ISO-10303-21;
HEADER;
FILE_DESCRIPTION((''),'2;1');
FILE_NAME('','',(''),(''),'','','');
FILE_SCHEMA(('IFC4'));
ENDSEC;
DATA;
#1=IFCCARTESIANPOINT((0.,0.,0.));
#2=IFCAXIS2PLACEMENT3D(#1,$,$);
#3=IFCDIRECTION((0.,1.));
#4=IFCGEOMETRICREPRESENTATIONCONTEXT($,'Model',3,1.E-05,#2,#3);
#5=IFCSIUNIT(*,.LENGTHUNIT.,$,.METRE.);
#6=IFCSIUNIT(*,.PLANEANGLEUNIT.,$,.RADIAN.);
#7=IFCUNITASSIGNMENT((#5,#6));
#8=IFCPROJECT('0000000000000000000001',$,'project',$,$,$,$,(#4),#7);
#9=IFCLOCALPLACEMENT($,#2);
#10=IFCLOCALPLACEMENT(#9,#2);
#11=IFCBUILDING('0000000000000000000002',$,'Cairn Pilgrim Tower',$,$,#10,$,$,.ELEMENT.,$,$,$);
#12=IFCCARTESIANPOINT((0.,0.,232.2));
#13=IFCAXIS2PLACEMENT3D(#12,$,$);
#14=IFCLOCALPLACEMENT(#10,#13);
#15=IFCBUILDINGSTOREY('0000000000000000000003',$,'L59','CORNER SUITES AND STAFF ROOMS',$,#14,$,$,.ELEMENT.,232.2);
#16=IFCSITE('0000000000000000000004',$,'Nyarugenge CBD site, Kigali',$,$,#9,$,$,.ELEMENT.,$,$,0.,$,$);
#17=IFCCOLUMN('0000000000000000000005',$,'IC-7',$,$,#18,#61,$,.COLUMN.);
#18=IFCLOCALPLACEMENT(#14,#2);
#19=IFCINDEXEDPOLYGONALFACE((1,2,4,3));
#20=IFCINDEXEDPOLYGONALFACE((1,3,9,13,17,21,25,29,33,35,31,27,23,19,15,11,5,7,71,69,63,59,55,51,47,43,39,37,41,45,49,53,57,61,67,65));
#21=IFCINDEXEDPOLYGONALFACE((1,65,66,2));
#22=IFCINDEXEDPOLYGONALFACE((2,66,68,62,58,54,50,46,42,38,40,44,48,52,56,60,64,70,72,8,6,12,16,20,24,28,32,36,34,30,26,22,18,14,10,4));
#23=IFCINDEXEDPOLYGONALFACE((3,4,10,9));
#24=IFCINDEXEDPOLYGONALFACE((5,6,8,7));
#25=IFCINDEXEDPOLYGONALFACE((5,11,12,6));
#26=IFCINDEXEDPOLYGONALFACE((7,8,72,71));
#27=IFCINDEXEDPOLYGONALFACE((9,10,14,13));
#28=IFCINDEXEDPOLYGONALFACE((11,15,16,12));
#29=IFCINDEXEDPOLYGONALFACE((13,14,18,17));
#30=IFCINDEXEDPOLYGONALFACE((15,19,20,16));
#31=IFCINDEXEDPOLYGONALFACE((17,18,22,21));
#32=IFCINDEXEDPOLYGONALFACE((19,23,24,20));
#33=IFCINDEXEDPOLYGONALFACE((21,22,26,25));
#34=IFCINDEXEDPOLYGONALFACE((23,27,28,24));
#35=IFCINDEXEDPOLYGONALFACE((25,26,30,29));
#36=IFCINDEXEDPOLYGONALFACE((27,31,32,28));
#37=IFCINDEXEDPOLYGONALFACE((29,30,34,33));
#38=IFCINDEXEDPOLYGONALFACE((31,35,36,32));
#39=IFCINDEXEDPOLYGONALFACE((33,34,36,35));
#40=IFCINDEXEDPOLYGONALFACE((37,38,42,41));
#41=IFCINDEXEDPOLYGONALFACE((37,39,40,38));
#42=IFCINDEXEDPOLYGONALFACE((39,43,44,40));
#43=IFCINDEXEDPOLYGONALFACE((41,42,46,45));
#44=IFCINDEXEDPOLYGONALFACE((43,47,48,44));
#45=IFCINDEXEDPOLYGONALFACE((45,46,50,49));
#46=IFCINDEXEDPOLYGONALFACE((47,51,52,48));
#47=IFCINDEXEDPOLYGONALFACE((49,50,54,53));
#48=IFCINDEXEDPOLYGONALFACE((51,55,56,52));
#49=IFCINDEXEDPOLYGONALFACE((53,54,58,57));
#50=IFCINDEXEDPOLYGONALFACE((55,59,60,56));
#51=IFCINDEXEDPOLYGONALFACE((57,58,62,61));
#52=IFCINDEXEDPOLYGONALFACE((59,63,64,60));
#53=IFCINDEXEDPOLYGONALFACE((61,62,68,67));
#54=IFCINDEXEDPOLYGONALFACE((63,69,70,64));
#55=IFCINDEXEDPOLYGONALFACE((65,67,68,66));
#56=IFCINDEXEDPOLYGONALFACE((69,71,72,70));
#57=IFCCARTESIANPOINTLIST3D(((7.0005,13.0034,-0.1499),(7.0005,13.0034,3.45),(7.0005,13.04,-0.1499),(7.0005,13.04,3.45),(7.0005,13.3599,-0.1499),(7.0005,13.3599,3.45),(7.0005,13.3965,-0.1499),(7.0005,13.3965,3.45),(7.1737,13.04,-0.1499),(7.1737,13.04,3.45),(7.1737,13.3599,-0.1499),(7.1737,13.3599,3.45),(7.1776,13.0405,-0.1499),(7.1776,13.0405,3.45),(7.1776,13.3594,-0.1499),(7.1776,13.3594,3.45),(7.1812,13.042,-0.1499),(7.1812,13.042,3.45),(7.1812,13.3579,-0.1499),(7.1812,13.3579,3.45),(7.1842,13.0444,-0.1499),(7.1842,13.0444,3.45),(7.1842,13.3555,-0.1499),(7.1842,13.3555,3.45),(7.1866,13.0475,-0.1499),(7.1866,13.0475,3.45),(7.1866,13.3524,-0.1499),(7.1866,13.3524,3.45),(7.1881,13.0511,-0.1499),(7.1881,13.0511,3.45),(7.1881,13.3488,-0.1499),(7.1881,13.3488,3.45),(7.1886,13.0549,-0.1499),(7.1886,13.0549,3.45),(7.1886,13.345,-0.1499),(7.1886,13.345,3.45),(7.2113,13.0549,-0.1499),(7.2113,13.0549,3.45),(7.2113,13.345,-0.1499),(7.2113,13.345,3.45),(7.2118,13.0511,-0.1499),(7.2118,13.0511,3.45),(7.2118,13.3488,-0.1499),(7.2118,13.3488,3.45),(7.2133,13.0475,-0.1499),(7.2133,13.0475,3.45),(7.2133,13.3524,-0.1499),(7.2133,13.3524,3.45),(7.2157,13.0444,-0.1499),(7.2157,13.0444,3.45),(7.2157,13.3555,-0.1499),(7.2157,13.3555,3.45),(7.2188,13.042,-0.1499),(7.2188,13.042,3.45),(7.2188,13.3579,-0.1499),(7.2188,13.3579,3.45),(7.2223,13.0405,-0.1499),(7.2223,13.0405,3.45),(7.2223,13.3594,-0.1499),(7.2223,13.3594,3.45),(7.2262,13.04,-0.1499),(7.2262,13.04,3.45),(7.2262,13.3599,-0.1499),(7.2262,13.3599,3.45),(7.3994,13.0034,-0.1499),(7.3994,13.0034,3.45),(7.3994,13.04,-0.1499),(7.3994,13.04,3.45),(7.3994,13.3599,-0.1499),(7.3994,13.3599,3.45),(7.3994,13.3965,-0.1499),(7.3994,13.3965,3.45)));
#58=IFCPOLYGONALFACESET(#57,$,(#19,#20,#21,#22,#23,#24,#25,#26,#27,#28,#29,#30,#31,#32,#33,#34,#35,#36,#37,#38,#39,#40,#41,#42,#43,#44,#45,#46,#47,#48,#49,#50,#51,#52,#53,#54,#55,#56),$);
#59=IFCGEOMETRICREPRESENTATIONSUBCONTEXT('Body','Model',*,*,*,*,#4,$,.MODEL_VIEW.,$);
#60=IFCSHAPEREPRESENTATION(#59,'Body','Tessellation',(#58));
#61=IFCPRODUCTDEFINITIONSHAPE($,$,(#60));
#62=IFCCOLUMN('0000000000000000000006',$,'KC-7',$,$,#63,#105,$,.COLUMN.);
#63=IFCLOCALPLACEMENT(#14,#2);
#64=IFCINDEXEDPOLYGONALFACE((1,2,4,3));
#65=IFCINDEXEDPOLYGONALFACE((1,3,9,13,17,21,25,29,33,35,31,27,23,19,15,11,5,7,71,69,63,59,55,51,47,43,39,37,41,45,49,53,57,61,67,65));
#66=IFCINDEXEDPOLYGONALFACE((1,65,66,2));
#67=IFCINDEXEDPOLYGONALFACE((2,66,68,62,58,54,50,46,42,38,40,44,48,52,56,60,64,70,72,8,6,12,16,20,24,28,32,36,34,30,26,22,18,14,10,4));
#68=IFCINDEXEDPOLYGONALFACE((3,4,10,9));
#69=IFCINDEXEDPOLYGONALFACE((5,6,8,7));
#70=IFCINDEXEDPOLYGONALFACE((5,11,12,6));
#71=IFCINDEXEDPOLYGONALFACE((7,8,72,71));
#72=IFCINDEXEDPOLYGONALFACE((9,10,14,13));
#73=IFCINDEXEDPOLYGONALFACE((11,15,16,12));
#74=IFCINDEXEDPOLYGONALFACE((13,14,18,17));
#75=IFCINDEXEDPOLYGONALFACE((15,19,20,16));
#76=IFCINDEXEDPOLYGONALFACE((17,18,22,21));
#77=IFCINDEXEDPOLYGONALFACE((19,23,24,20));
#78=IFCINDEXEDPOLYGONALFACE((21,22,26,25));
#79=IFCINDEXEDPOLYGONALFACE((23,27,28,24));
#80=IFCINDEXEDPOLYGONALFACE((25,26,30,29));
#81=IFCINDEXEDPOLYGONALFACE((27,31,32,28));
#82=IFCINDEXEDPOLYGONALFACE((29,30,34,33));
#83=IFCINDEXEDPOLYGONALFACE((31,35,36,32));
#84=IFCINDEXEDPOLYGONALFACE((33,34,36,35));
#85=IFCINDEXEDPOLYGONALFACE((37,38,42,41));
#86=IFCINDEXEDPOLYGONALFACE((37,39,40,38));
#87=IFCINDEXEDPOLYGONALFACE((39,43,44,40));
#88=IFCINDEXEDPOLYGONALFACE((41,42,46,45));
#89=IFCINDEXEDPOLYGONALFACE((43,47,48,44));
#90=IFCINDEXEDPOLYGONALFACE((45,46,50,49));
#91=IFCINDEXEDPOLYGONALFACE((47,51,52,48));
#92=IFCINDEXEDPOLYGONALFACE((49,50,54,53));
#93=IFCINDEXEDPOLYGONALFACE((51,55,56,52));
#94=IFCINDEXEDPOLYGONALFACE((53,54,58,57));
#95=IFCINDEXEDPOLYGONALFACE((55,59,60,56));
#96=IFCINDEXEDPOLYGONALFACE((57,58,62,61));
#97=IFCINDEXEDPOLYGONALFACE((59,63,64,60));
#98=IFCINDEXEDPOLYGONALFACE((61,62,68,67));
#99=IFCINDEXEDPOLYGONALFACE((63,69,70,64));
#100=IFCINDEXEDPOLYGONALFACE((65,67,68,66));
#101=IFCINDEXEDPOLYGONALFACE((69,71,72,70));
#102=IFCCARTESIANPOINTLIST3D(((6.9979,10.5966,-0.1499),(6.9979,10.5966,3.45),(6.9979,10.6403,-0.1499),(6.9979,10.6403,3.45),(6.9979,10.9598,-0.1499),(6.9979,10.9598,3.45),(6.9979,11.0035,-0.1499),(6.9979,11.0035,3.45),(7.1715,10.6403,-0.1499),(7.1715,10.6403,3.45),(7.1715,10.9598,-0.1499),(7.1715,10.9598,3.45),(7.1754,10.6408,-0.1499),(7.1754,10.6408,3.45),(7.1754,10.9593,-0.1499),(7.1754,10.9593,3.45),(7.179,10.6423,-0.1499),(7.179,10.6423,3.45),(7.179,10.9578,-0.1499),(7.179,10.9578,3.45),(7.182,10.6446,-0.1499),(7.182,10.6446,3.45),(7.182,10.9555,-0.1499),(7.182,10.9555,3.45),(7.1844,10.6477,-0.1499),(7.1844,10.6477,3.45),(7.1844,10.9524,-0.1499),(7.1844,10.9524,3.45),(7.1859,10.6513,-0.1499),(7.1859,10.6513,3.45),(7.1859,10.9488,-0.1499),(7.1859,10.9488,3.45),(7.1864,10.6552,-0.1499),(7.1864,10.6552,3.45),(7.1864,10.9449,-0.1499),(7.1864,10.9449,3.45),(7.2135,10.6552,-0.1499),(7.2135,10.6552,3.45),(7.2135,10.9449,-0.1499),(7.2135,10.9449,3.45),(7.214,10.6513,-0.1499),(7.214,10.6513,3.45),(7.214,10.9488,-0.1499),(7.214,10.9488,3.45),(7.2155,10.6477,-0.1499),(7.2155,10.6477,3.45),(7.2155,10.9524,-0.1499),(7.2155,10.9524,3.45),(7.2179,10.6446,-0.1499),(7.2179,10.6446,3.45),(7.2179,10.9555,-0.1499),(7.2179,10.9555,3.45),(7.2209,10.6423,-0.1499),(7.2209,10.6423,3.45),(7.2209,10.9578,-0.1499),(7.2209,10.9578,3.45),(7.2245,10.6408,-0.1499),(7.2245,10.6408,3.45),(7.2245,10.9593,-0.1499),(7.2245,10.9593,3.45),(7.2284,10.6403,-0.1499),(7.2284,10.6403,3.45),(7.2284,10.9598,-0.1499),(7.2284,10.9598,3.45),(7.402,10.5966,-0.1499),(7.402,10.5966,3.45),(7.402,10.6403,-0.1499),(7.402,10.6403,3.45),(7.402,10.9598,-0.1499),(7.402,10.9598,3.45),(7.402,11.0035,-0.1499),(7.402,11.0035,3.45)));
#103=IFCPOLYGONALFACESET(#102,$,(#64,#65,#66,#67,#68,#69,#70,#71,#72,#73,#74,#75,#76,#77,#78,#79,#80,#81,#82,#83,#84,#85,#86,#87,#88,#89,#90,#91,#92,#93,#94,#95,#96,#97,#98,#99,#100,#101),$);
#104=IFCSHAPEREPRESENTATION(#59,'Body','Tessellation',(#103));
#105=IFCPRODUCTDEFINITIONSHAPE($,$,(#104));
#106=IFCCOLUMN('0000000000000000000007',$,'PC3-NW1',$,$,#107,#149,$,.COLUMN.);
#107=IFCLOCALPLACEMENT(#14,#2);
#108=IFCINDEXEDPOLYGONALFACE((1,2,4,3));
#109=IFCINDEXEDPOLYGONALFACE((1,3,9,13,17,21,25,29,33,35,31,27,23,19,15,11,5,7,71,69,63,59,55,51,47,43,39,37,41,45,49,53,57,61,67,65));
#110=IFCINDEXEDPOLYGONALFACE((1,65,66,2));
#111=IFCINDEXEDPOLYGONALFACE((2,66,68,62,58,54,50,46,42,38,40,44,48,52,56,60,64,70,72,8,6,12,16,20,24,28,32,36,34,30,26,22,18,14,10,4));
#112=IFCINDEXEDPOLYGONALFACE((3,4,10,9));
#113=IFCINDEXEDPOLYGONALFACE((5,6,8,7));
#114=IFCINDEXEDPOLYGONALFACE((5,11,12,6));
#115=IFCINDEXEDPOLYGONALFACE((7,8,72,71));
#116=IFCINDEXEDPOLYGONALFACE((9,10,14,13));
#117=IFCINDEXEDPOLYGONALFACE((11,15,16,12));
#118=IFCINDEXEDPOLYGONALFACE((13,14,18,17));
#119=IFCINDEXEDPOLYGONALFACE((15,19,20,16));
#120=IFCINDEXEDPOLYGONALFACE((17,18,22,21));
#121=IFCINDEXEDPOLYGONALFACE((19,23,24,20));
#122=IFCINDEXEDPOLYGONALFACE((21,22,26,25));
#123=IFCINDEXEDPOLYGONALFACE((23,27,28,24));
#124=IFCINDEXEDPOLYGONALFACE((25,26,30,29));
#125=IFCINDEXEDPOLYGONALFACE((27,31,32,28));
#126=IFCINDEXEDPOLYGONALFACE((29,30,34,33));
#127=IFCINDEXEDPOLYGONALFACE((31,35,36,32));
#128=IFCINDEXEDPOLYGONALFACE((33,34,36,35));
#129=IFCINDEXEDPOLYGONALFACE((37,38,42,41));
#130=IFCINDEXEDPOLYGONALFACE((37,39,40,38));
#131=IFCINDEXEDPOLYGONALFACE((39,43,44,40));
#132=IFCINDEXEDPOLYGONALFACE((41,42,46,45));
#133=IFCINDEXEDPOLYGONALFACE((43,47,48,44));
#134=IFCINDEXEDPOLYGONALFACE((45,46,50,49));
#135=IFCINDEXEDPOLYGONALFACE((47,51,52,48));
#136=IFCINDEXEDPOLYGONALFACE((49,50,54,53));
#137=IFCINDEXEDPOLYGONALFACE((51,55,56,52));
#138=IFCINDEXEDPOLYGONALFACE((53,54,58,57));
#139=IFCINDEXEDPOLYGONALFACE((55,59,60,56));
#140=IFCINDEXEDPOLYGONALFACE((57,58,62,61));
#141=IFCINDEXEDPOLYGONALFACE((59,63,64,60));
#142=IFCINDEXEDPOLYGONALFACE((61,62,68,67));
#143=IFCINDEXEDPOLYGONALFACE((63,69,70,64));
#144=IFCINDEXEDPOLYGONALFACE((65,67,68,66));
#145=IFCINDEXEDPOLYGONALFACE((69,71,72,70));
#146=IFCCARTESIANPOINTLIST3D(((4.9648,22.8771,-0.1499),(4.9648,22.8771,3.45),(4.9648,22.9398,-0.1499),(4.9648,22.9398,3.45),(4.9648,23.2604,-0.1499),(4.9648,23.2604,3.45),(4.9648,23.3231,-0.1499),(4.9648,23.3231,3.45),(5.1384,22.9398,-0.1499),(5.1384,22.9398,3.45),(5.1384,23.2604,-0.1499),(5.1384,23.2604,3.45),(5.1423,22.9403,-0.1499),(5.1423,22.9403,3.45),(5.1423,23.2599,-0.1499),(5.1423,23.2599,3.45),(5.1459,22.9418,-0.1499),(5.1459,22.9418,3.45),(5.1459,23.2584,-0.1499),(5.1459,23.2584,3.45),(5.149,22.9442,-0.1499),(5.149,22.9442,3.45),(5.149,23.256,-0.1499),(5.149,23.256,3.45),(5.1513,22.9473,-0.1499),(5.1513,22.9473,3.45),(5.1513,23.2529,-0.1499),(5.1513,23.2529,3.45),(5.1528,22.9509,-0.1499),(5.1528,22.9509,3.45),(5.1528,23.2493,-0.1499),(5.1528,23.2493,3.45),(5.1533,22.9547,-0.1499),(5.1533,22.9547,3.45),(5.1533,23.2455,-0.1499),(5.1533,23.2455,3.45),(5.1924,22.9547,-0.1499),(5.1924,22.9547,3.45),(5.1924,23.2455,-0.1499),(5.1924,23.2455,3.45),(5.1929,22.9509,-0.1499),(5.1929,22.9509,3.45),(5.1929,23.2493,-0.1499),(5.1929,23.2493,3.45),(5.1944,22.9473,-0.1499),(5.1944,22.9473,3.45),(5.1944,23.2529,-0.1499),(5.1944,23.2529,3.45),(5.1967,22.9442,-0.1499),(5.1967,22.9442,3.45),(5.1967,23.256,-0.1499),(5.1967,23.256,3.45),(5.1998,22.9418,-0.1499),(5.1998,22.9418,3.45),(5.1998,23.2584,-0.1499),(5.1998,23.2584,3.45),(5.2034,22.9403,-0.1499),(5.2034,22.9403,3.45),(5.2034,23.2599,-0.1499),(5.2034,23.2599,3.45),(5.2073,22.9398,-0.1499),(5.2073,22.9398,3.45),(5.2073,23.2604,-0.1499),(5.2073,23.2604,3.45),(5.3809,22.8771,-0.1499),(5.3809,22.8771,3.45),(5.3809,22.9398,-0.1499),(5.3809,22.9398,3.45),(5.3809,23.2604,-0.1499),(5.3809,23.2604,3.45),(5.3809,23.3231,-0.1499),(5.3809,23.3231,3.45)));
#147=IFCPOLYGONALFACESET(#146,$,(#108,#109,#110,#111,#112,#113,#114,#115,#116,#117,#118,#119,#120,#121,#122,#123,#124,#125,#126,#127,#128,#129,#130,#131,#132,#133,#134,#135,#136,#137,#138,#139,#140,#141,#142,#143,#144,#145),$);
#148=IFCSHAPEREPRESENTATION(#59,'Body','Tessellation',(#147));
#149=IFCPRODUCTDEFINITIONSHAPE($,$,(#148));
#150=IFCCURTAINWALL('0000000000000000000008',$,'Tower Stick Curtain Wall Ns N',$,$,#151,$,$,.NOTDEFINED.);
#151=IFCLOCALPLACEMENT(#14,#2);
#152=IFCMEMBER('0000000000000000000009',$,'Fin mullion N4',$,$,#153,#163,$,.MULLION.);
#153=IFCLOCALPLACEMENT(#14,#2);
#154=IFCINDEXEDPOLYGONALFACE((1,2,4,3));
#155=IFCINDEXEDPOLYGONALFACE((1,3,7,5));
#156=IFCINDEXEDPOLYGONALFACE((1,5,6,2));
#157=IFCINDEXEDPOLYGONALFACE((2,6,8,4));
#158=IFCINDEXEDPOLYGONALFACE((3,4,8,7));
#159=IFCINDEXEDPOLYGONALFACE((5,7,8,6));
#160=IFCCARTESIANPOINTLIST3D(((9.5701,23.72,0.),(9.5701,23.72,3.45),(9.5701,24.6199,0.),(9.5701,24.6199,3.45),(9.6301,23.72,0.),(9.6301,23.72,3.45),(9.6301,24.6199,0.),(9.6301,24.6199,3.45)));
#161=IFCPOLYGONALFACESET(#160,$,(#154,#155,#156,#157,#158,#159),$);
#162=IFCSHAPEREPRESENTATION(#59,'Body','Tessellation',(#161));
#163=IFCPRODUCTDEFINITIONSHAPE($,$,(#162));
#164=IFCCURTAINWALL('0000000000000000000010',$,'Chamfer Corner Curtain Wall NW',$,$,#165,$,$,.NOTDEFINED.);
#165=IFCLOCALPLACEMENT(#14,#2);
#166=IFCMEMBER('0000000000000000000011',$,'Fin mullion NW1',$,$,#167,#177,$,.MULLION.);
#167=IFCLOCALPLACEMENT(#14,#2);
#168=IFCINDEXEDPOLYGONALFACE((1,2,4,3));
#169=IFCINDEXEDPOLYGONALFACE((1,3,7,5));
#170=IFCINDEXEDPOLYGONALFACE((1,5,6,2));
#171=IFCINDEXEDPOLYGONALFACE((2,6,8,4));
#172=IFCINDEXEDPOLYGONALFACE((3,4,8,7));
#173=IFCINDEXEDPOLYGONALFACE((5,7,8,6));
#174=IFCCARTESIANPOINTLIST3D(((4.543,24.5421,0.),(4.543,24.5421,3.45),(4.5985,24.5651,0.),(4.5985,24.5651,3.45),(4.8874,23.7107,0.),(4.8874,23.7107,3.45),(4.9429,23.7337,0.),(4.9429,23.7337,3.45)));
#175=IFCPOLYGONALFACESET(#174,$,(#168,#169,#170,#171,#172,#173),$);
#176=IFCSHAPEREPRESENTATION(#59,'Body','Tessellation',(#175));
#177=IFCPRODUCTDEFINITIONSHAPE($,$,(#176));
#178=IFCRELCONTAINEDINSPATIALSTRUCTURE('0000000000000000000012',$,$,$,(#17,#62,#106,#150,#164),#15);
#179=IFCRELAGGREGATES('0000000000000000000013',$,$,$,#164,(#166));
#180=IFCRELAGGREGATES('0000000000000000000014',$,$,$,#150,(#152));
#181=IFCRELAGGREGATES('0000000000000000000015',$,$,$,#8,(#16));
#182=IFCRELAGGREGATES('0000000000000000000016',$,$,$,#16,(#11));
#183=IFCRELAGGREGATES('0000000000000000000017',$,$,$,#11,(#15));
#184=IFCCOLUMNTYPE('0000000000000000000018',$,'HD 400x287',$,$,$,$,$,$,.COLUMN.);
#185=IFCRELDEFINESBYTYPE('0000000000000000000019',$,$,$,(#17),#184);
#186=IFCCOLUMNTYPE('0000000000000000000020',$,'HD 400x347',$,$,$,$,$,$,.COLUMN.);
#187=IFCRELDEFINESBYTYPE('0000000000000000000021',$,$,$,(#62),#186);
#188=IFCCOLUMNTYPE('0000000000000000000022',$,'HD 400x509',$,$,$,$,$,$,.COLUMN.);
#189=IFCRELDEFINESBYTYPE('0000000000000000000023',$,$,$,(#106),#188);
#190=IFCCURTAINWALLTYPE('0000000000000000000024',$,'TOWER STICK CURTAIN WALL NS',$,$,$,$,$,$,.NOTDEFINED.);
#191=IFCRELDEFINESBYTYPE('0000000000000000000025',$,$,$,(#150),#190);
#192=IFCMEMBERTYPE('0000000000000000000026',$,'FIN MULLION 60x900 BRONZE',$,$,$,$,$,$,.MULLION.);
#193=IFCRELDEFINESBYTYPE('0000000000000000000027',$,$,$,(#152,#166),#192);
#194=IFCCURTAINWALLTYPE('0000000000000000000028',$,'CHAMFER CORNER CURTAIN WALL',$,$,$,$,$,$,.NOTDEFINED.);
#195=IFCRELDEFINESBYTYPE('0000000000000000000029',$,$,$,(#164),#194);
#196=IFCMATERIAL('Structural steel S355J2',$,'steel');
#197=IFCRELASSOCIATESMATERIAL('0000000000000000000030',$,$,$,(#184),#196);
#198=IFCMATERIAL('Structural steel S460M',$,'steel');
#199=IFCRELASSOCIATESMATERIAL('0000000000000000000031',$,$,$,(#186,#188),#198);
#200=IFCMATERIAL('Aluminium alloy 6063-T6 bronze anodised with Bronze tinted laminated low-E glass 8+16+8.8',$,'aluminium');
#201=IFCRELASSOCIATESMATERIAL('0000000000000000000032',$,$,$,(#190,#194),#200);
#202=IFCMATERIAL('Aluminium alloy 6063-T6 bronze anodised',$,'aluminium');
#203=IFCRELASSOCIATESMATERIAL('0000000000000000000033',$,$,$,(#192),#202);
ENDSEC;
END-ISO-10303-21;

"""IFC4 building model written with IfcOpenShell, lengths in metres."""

from ifc_helpers import new_model, si_unit, direction, frame, origin, origin_2d, place, context, subcontext, project, spatial, rectangle, i_section, extrude, material, material_profile, profile_set, type_object, element, aggregate, save


model = new_model("IFC4")

# Units and contexts
model_context = context("Model", 3, precision=1e-05, world=origin(), true_north=direction((0.0, 1.0)))
body_context = subcontext(model_context, "Body", "Model", "MODEL_VIEW")
ifc_project = project(units=[si_unit("LENGTHUNIT", "METRE"), si_unit("PLANEANGLEUNIT", "RADIAN")], contexts=[model_context])

# Site, building, storey
site_placement = place(None, origin())
site = spatial("IfcSite", under=ifc_project, at=site_placement, Name="Nyarugenge CBD site, Kigali", CompositionType="ELEMENT", RefElevation=0.0)
building_placement = place(site_placement, origin())
building = spatial("IfcBuilding", under=site, at=building_placement, Name="Cairn Pilgrim Tower", CompositionType="ELEMENT")
storey_placement = place(building_placement, frame((0.0, 0.0, 232.2)))
storey = spatial("IfcBuildingStorey", under=building, at=storey_placement, Name="L59", Description="CORNER SUITES AND STAFF ROOMS", CompositionType="ELEMENT", Elevation=232.2)

# Columns
ifc_material_1 = material(Name="Structural steel S355J2", Category="steel")
ifc_material_profile_1 = material_profile(ifc_material_1, i_section(OverallWidth=0.3989, OverallDepth=0.3931, WebThickness=0.0227, FlangeThickness=0.0366, FilletRadius=0.0149, at=origin_2d()), Name="HD 400x287")
ifc_profile_set_1 = profile_set([ifc_material_profile_1], Name="Structural steel S355J2")
column_type_1 = type_object("IfcColumnType", Name="HD 400x287", PredefinedType="COLUMN", material=ifc_profile_set_1)
column_1_placement = place(storey_placement, frame((7.2, 13.2, -0.1499), z_axis=(0.0, 0.0, 1.0), x_axis=(1.0, 0.0, 0.0)))
element("IfcColumn", 1, at=column_1_placement, inside=storey, type_object=column_type_1, Name="IC-7", PredefinedType="COLUMN", context=body_context, shape_type="SweptSolid", body=[
    extrude(i_section(OverallWidth=0.3989, OverallDepth=0.3931, WebThickness=0.0227, FlangeThickness=0.0366, FilletRadius=0.0149, at=origin_2d()), origin(), (0.0, 0.0, 1.0), 3.5999),
])
ifc_material_2 = material(Name="Structural steel S460M", Category="steel")
ifc_material_profile_2 = material_profile(ifc_material_2, i_section(OverallWidth=0.4041, OverallDepth=0.407, WebThickness=0.0271, FlangeThickness=0.0437, FilletRadius=0.0149, at=origin_2d()), Name="HD 400x347")
ifc_profile_set_2 = profile_set([ifc_material_profile_2], Name="Structural steel S460M")
column_type_2 = type_object("IfcColumnType", Name="HD 400x347", PredefinedType="COLUMN", material=ifc_profile_set_2)
column_2_placement = place(storey_placement, frame((7.2, 10.8, -0.1499), z_axis=(0.0, 0.0, 1.0), x_axis=(1.0, 0.0, 0.0)))
element("IfcColumn", 2, at=column_2_placement, inside=storey, type_object=column_type_2, Name="KC-7", PredefinedType="COLUMN", context=body_context, shape_type="SweptSolid", body=[
    extrude(i_section(OverallWidth=0.4041, OverallDepth=0.407, WebThickness=0.0271, FlangeThickness=0.0437, FilletRadius=0.0149, at=origin_2d()), origin(), (0.0, 0.0, 1.0), 3.5999),
])
ifc_material_profile_3 = material_profile(ifc_material_2, i_section(OverallWidth=0.416, OverallDepth=0.446, WebThickness=0.0391, FlangeThickness=0.0627, FilletRadius=0.0149, at=origin_2d()), Name="HD 400x509")
ifc_profile_set_3 = profile_set([ifc_material_profile_3], Name="Structural steel S460M")
column_type_3 = type_object("IfcColumnType", Name="HD 400x509", PredefinedType="COLUMN", material=ifc_profile_set_3)
column_3_placement = place(storey_placement, frame((5.1729, 23.1001, -0.1499), z_axis=(0.0, 0.0, 1.0), x_axis=(1.0, 0.0, 0.0)))
element("IfcColumn", 3, at=column_3_placement, inside=storey, type_object=column_type_3, Name="PC3-NW1", PredefinedType="COLUMN", context=body_context, shape_type="SweptSolid", body=[
    extrude(i_section(OverallWidth=0.416, OverallDepth=0.446, WebThickness=0.0391, FlangeThickness=0.0627, FilletRadius=0.0149, at=origin_2d()), origin(), (0.0, 0.0, 1.0), 3.5999),
])

# Curtain walls, members
ifc_material_3 = material(Name="Aluminium alloy 6063-T6 bronze anodised with Bronze tinted laminated low-E glass 8+16+8.8", Category="aluminium")
curtain_wall_type_1 = type_object("IfcCurtainWallType", Name="TOWER STICK CURTAIN WALL NS", PredefinedType="NOTDEFINED", material=ifc_material_3)
curtain_wall_1_placement = place(storey_placement, origin())
curtain_wall_1 = element("IfcCurtainWall", 4, at=curtain_wall_1_placement, inside=storey, type_object=curtain_wall_type_1, Name="Tower Stick Curtain Wall Ns N", PredefinedType="NOTDEFINED")
ifc_material_4 = material(Name="Aluminium alloy 6063-T6 bronze anodised", Category="aluminium")
ifc_material_profile_4 = material_profile(ifc_material_4, rectangle(XDim=0.8999, YDim=0.0601, at=origin_2d()), Name="FIN MULLION 60x900 BRONZE")
ifc_profile_set_4 = profile_set([ifc_material_profile_4], Name="Aluminium alloy 6063-T6 bronze anodised")
member_type_1 = type_object("IfcMemberType", Name="FIN MULLION 60x900 BRONZE", PredefinedType="MULLION", material=ifc_profile_set_4)
member_1_placement = place(storey_placement, frame((9.6001, 24.1699, 0.0), z_axis=(0.0, 0.0, 1.0), x_axis=(0.0, 1.0, 0.0)))
member_1 = element("IfcMember", 5, at=member_1_placement, type_object=member_type_1, Name="Fin mullion N4", PredefinedType="MULLION", context=body_context, shape_type="SweptSolid", body=[
    extrude(rectangle(XDim=0.8999, YDim=0.0601, at=origin_2d()), origin(), (0.0, 0.0, 1.0), 3.45),
])
curtain_wall_type_2 = type_object("IfcCurtainWallType", Name="CHAMFER CORNER CURTAIN WALL", PredefinedType="NOTDEFINED", material=ifc_material_3)
curtain_wall_2_placement = place(storey_placement, origin())
curtain_wall_2 = element("IfcCurtainWall", 6, at=curtain_wall_2_placement, inside=storey, type_object=curtain_wall_type_2, Name="Chamfer Corner Curtain Wall NW", PredefinedType="NOTDEFINED")
member_2_placement = place(storey_placement, frame((4.7429, 24.1379, 0.0), z_axis=(0.0, 0.0, 1.0), x_axis=(-0.382683, 0.92388, 0.0)))
member_2 = element("IfcMember", 7, at=member_2_placement, type_object=member_type_1, Name="Fin mullion NW1", PredefinedType="MULLION", context=body_context, shape_type="SweptSolid", body=[
    extrude(rectangle(XDim=0.8999, YDim=0.0601, at=origin_2d()), origin(), (0.0, 0.0, 1.0), 3.45),
])

aggregate(curtain_wall_2, [member_2])
aggregate(curtain_wall_1, [member_1])

save(model, "model.ifc")
